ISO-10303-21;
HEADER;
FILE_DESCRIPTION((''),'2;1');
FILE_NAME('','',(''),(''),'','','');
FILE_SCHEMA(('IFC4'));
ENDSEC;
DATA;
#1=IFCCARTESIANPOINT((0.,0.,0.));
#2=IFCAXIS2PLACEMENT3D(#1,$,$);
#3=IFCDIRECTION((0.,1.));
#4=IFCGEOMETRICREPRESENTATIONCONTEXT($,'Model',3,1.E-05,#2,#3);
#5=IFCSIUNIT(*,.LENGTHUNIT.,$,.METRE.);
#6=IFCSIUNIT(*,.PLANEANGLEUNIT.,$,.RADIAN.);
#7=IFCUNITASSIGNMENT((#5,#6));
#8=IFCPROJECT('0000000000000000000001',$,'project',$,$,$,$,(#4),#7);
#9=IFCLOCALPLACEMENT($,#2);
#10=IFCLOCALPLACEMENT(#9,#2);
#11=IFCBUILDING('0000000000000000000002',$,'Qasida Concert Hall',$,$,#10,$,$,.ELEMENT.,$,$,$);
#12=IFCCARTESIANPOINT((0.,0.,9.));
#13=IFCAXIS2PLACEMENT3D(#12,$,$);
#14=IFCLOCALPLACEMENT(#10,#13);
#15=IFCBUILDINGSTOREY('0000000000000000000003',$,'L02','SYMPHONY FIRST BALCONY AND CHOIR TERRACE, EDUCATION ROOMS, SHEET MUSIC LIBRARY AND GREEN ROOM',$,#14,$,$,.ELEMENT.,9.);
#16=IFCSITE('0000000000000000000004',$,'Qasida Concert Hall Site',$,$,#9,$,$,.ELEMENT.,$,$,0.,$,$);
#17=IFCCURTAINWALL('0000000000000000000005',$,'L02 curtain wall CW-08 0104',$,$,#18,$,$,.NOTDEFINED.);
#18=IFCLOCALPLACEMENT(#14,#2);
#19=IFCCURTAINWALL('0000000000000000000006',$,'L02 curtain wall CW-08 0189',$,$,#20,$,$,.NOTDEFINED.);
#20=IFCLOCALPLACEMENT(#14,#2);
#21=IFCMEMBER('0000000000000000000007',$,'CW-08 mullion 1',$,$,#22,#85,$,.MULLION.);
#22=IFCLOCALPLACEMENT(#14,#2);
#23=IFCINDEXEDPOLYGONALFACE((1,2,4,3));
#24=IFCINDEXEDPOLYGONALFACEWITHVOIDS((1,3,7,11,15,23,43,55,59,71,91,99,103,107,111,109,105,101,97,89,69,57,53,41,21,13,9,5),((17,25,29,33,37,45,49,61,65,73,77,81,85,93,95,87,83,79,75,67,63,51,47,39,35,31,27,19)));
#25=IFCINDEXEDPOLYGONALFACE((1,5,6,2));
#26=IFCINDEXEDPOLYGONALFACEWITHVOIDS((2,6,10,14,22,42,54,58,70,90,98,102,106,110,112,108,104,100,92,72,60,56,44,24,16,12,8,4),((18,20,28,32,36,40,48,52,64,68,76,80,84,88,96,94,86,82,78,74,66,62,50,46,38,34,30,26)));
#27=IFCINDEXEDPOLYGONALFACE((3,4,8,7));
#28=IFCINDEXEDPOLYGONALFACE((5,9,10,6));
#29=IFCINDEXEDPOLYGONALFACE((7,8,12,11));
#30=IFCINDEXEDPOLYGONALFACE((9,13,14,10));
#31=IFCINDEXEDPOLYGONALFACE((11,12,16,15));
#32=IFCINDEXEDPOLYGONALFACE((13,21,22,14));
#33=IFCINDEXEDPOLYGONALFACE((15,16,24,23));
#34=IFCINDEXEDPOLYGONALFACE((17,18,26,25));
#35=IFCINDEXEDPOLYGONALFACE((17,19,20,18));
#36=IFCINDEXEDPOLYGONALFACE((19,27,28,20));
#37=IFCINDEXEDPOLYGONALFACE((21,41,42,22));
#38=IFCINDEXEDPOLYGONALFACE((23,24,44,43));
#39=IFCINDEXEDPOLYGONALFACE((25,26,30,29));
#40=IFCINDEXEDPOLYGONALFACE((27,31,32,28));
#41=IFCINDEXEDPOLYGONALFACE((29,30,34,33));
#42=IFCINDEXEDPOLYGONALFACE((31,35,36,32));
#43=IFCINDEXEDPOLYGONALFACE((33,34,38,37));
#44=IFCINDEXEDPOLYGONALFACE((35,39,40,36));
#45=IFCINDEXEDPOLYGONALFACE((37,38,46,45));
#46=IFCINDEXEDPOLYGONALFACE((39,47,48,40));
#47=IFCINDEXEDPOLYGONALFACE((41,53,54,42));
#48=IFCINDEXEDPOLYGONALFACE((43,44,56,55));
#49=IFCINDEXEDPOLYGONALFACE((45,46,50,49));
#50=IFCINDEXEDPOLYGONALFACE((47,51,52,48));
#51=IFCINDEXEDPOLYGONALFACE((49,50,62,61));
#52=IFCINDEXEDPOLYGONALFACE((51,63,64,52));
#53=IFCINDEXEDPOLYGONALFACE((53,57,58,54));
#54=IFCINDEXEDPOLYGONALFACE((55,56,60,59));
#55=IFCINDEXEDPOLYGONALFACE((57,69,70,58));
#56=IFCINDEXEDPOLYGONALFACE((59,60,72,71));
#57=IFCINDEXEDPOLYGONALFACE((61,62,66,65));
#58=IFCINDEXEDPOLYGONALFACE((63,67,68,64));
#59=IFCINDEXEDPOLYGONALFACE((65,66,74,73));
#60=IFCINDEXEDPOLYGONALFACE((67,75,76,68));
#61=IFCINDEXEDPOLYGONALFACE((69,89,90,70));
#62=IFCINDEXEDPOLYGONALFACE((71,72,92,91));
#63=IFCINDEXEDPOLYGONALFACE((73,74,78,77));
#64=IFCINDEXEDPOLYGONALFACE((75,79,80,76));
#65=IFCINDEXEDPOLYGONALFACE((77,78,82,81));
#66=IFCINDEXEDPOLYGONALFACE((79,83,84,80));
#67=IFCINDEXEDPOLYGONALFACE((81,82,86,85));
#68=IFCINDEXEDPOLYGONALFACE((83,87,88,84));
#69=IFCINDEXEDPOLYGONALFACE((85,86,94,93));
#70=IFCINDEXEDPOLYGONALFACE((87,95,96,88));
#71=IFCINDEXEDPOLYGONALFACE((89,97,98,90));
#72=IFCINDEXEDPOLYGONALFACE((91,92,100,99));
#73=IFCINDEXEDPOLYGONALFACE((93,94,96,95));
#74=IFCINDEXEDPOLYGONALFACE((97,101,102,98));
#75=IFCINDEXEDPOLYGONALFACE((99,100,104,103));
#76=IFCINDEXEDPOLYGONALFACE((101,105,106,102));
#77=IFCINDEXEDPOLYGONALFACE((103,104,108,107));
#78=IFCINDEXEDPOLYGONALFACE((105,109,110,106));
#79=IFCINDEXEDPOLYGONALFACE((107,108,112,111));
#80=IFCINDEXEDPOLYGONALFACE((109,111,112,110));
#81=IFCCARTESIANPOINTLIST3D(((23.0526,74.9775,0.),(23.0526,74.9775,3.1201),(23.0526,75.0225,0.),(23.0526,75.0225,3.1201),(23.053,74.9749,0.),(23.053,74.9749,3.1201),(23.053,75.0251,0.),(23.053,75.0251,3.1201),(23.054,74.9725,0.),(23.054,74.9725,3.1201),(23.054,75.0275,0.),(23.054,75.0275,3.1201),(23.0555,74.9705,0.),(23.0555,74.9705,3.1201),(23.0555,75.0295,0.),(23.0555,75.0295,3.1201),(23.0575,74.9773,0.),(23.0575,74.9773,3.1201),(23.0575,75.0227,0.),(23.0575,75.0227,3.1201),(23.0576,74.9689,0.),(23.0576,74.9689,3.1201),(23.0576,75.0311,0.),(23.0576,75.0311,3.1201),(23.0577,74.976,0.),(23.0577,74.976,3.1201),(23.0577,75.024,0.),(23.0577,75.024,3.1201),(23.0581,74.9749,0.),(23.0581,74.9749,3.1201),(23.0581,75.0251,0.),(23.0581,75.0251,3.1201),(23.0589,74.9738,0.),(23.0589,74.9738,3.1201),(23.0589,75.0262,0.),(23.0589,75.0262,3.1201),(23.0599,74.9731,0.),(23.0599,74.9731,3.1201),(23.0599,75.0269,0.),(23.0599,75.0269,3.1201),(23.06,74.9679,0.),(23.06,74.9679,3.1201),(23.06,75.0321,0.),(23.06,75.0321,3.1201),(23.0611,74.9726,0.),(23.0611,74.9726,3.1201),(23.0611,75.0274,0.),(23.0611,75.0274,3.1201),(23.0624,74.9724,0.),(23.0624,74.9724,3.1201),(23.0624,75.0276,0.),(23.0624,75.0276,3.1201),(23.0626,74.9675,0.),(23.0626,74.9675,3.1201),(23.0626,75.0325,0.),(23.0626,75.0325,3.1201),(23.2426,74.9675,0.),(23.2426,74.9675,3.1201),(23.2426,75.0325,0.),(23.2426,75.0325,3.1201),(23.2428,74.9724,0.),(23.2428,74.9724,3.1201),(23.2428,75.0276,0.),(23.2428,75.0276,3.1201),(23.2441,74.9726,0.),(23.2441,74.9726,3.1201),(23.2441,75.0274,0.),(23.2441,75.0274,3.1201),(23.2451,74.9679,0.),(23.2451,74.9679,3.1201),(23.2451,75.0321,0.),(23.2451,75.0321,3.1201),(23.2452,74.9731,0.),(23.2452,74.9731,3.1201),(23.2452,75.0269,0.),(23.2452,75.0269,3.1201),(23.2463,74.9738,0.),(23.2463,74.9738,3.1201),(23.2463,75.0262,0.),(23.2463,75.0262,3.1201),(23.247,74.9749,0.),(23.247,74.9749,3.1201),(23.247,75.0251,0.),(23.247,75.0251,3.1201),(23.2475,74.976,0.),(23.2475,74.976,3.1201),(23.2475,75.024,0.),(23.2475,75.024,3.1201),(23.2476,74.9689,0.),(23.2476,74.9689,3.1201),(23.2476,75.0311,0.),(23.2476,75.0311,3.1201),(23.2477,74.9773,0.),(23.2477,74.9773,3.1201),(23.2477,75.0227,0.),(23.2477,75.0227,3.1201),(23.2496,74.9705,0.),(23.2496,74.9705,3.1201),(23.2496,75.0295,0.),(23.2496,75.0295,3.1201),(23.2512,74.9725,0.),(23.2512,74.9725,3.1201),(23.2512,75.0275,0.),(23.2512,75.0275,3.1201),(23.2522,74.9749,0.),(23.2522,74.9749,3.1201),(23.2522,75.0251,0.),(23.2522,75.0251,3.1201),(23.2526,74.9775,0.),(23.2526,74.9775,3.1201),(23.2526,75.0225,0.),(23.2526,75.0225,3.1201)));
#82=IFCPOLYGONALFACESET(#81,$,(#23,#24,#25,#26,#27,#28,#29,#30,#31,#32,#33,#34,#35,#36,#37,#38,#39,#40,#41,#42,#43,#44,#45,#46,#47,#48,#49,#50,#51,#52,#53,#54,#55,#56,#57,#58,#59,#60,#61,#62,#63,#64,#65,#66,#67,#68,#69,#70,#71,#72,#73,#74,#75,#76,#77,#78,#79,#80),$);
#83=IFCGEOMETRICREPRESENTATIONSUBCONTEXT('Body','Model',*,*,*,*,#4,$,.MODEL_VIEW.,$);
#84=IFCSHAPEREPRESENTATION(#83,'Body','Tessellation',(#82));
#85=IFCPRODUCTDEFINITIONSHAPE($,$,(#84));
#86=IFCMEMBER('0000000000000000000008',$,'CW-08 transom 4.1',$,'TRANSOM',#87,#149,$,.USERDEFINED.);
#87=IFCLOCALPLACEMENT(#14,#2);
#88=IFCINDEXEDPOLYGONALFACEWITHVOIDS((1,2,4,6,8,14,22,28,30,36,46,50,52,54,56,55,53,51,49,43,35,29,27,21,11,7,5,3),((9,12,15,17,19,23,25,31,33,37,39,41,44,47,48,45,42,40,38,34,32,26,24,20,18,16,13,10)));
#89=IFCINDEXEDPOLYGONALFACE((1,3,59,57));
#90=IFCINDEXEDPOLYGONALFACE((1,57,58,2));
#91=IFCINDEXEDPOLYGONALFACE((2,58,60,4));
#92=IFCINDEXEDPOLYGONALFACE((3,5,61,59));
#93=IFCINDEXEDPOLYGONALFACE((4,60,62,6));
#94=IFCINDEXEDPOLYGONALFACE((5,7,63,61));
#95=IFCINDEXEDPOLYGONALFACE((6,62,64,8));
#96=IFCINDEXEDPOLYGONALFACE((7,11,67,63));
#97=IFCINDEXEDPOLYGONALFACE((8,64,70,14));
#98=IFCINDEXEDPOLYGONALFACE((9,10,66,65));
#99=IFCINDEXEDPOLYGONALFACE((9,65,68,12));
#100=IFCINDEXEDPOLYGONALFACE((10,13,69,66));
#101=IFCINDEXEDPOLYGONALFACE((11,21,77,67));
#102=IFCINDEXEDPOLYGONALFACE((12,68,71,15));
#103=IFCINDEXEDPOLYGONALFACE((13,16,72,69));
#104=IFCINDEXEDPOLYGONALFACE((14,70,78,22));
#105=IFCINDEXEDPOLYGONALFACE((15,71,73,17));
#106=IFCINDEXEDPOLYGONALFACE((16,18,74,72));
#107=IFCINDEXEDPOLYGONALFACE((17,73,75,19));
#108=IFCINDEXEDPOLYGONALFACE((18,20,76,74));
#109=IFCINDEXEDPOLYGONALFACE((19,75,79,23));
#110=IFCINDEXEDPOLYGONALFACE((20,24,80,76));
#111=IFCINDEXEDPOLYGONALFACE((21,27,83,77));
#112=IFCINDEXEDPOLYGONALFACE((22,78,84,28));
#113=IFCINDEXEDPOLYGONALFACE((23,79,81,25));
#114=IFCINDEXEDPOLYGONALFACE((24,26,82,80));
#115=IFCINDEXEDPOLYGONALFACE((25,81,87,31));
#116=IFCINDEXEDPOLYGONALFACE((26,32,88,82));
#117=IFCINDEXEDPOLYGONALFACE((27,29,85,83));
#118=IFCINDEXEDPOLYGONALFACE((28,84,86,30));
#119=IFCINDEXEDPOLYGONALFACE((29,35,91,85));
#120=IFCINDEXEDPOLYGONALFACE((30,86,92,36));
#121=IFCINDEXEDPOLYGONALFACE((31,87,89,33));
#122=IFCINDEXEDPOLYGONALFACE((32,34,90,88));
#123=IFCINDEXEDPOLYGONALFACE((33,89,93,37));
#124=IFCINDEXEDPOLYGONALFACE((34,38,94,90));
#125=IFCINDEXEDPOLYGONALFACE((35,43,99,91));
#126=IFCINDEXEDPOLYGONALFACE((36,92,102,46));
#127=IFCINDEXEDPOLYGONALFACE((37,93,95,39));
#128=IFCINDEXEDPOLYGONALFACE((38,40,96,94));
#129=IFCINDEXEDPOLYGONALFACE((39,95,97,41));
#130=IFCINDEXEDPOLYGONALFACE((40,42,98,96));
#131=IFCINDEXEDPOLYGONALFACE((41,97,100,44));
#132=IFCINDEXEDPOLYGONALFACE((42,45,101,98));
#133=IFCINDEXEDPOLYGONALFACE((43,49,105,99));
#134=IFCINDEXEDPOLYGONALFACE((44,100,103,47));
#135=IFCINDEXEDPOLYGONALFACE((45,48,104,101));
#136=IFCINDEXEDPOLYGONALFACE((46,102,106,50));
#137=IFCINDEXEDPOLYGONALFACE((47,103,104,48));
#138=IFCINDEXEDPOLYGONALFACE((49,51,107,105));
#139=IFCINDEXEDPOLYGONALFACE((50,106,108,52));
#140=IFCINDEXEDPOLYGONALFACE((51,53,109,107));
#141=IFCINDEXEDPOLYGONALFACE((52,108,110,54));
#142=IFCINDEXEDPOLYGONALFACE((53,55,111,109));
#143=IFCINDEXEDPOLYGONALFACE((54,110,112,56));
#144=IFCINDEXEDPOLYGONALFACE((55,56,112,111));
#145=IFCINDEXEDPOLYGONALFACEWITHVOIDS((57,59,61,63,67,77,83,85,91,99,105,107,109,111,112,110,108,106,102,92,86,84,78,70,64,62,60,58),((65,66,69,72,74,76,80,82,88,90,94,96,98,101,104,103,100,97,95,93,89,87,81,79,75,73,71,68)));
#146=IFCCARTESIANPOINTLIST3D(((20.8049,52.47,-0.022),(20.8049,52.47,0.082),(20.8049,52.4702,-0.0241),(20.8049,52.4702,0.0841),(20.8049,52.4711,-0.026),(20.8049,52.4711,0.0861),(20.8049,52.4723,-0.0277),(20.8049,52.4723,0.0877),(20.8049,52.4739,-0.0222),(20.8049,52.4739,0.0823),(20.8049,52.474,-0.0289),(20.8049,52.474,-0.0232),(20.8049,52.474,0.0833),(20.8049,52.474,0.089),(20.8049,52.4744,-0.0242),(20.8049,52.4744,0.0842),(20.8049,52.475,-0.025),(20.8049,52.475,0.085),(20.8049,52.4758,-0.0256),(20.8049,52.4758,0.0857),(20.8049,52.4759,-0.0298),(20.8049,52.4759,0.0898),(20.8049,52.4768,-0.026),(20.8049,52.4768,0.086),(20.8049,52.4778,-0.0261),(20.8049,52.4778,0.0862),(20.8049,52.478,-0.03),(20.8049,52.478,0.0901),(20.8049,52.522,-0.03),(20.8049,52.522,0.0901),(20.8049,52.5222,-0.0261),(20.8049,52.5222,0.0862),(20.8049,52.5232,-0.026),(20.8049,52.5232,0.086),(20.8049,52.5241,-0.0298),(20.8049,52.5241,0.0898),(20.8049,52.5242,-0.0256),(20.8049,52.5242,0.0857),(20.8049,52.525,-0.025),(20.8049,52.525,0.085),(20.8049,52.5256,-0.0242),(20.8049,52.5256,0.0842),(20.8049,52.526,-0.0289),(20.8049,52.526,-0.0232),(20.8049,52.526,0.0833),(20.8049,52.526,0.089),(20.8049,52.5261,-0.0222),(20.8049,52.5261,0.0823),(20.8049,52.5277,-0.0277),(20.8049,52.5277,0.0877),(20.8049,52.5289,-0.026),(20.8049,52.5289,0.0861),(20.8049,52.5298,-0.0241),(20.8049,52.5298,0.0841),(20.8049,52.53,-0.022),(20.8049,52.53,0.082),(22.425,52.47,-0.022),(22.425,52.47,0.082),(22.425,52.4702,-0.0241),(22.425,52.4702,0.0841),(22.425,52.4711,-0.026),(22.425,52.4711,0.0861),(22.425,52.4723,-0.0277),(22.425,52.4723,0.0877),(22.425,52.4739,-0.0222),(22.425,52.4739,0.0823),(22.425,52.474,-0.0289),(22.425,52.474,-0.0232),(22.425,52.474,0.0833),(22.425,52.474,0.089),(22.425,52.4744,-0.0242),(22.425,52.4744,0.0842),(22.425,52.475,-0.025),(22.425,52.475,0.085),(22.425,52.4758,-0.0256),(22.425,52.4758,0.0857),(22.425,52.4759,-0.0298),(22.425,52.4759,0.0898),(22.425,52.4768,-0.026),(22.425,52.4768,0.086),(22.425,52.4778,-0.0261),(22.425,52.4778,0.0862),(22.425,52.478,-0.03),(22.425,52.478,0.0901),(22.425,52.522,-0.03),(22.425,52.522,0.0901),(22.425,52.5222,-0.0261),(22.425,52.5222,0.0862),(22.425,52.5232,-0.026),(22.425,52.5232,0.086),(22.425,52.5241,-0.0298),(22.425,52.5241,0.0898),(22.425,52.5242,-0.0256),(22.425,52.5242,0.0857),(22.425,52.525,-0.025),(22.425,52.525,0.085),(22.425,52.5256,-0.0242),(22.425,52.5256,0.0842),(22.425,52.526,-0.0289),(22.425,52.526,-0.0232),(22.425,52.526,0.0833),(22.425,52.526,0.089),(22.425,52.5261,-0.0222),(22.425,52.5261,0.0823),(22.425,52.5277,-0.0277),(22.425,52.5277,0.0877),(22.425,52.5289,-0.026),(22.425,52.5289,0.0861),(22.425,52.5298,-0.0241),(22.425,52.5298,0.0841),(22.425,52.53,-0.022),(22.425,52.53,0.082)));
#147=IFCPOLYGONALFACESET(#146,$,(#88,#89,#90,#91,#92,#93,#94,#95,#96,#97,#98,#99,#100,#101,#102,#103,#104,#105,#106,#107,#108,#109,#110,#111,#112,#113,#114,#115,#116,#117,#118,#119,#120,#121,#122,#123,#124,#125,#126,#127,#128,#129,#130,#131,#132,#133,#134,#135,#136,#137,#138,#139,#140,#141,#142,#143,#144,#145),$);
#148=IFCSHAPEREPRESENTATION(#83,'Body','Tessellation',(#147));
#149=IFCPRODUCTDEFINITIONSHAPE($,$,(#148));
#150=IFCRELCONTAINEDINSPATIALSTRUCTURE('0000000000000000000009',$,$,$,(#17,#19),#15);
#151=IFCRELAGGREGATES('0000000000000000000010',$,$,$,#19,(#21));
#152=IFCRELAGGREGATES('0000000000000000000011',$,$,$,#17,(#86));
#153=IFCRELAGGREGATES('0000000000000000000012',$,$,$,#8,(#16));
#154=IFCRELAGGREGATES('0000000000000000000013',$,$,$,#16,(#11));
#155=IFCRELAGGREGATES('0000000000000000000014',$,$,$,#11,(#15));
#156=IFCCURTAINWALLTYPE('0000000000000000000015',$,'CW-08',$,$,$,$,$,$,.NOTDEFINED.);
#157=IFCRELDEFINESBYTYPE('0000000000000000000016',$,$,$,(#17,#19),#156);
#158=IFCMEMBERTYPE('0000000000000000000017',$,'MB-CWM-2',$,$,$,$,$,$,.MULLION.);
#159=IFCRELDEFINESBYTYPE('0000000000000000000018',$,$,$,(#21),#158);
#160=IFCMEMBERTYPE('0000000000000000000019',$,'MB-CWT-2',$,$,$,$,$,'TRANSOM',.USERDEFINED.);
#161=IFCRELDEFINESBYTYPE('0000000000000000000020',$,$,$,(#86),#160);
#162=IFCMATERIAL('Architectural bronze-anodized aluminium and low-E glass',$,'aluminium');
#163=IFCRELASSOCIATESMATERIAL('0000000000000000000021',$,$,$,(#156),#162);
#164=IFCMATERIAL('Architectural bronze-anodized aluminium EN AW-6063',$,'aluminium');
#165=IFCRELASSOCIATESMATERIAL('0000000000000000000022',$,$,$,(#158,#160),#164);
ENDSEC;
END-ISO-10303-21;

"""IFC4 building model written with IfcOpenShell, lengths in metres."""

from ifc_helpers import new_model, si_unit, direction, frame, origin, origin_2d, place, context, subcontext, project, spatial, hollow_rectangle, extrude, material, material_profile, profile_set, type_object, element, aggregate, save


model = new_model("IFC4")

# Units and contexts
model_context = context("Model", 3, precision=1e-05, world=origin(), true_north=direction((0.0, 1.0)))
body_context = subcontext(model_context, "Body", "Model", "MODEL_VIEW")
ifc_project = project(units=[si_unit("LENGTHUNIT", "METRE"), si_unit("PLANEANGLEUNIT", "RADIAN")], contexts=[model_context])

# Site, building, storey
site_placement = place(None, origin())
site = spatial("IfcSite", under=ifc_project, at=site_placement, Name="Qasida Concert Hall Site", CompositionType="ELEMENT", RefElevation=0.0)
building_placement = place(site_placement, origin())
building = spatial("IfcBuilding", under=site, at=building_placement, Name="Qasida Concert Hall", CompositionType="ELEMENT")
storey_placement = place(building_placement, frame((0.0, 0.0, 9.0)))
storey = spatial("IfcBuildingStorey", under=building, at=storey_placement, Name="L02", Description="SYMPHONY FIRST BALCONY AND CHOIR TERRACE, EDUCATION ROOMS, SHEET MUSIC LIBRARY AND GREEN ROOM", CompositionType="ELEMENT", Elevation=9.0)

# Curtain wall
ifc_material_1 = material(Name="Architectural bronze-anodized aluminium and low-E glass", Category="aluminium")
curtain_wall_type = type_object("IfcCurtainWallType", Name="CW-08", PredefinedType="NOTDEFINED", material=ifc_material_1)
curtain_wall_1_placement = place(storey_placement, origin())
curtain_wall_1 = element("IfcCurtainWall", 1, at=curtain_wall_1_placement, inside=storey, type_object=curtain_wall_type, Name="L02 curtain wall CW-08 0104", PredefinedType="NOTDEFINED")
ifc_material_2 = material(Name="Architectural bronze-anodized aluminium EN AW-6063", Category="aluminium")
ifc_material_profile_1 = material_profile(ifc_material_2, hollow_rectangle(XDim=0.0649, YDim=0.2, WallThickness=0.0049, InnerFilletRadius=0.0049, OuterFilletRadius=0.01, at=origin_2d()), Name="CWM 200x65x5")
ifc_profile_set_1 = profile_set([ifc_material_profile_1], Name="Architectural bronze-anodized aluminium EN AW-6063")
member_type_1 = type_object("IfcMemberType", Name="MB-CWM-2", PredefinedType="MULLION", material=ifc_profile_set_1)

# Curtain wall, member
curtain_wall_2_placement = place(storey_placement, origin())
curtain_wall_2 = element("IfcCurtainWall", 2, at=curtain_wall_2_placement, inside=storey, type_object=curtain_wall_type, Name="L02 curtain wall CW-08 0189", PredefinedType="NOTDEFINED")
member_1_placement = place(storey_placement, frame((23.1526, 75.0, 0.0), z_axis=(0.0, 0.0, 1.0), x_axis=(0.0, 1.0, 0.0)))
member_1 = element("IfcMember", 3, at=member_1_placement, type_object=member_type_1, Name="CW-08 mullion 1", PredefinedType="MULLION", context=body_context, shape_type="SweptSolid", body=[
    extrude(hollow_rectangle(XDim=0.0649, YDim=0.2, WallThickness=0.0049, InnerFilletRadius=0.0049, OuterFilletRadius=0.01, at=origin_2d()), origin(), (0.0, 0.0, 1.0), 3.1201),
])

# Member
ifc_material_profile_2 = material_profile(ifc_material_2, hollow_rectangle(XDim=0.0601, YDim=0.1201, WallThickness=0.0039, InnerFilletRadius=0.0039, OuterFilletRadius=0.0081, at=origin_2d()), Name="CWT 120x60x4")
ifc_profile_set_2 = profile_set([ifc_material_profile_2], Name="Architectural bronze-anodized aluminium EN AW-6063")
member_type_2 = type_object("IfcMemberType", Name="MB-CWT-2", ElementType="TRANSOM", PredefinedType="USERDEFINED", material=ifc_profile_set_2)
member_2_placement = place(storey_placement, frame((20.8049, 52.5, 0.03), z_axis=(1.0, 0.0, 0.0), x_axis=(0.0, 1.0, 0.0)))
member_2 = element("IfcMember", 4, at=member_2_placement, type_object=member_type_2, Name="CW-08 transom 4.1", ObjectType="TRANSOM", PredefinedType="USERDEFINED", context=body_context, shape_type="SweptSolid", body=[
    extrude(hollow_rectangle(XDim=0.0601, YDim=0.1201, WallThickness=0.0039, InnerFilletRadius=0.0039, OuterFilletRadius=0.0081, at=origin_2d()), origin(), (0.0, 0.0, 1.0), 1.6201),
])
aggregate(curtain_wall_2, [member_1])

aggregate(curtain_wall_1, [member_2])

save(model, "model.ifc")
